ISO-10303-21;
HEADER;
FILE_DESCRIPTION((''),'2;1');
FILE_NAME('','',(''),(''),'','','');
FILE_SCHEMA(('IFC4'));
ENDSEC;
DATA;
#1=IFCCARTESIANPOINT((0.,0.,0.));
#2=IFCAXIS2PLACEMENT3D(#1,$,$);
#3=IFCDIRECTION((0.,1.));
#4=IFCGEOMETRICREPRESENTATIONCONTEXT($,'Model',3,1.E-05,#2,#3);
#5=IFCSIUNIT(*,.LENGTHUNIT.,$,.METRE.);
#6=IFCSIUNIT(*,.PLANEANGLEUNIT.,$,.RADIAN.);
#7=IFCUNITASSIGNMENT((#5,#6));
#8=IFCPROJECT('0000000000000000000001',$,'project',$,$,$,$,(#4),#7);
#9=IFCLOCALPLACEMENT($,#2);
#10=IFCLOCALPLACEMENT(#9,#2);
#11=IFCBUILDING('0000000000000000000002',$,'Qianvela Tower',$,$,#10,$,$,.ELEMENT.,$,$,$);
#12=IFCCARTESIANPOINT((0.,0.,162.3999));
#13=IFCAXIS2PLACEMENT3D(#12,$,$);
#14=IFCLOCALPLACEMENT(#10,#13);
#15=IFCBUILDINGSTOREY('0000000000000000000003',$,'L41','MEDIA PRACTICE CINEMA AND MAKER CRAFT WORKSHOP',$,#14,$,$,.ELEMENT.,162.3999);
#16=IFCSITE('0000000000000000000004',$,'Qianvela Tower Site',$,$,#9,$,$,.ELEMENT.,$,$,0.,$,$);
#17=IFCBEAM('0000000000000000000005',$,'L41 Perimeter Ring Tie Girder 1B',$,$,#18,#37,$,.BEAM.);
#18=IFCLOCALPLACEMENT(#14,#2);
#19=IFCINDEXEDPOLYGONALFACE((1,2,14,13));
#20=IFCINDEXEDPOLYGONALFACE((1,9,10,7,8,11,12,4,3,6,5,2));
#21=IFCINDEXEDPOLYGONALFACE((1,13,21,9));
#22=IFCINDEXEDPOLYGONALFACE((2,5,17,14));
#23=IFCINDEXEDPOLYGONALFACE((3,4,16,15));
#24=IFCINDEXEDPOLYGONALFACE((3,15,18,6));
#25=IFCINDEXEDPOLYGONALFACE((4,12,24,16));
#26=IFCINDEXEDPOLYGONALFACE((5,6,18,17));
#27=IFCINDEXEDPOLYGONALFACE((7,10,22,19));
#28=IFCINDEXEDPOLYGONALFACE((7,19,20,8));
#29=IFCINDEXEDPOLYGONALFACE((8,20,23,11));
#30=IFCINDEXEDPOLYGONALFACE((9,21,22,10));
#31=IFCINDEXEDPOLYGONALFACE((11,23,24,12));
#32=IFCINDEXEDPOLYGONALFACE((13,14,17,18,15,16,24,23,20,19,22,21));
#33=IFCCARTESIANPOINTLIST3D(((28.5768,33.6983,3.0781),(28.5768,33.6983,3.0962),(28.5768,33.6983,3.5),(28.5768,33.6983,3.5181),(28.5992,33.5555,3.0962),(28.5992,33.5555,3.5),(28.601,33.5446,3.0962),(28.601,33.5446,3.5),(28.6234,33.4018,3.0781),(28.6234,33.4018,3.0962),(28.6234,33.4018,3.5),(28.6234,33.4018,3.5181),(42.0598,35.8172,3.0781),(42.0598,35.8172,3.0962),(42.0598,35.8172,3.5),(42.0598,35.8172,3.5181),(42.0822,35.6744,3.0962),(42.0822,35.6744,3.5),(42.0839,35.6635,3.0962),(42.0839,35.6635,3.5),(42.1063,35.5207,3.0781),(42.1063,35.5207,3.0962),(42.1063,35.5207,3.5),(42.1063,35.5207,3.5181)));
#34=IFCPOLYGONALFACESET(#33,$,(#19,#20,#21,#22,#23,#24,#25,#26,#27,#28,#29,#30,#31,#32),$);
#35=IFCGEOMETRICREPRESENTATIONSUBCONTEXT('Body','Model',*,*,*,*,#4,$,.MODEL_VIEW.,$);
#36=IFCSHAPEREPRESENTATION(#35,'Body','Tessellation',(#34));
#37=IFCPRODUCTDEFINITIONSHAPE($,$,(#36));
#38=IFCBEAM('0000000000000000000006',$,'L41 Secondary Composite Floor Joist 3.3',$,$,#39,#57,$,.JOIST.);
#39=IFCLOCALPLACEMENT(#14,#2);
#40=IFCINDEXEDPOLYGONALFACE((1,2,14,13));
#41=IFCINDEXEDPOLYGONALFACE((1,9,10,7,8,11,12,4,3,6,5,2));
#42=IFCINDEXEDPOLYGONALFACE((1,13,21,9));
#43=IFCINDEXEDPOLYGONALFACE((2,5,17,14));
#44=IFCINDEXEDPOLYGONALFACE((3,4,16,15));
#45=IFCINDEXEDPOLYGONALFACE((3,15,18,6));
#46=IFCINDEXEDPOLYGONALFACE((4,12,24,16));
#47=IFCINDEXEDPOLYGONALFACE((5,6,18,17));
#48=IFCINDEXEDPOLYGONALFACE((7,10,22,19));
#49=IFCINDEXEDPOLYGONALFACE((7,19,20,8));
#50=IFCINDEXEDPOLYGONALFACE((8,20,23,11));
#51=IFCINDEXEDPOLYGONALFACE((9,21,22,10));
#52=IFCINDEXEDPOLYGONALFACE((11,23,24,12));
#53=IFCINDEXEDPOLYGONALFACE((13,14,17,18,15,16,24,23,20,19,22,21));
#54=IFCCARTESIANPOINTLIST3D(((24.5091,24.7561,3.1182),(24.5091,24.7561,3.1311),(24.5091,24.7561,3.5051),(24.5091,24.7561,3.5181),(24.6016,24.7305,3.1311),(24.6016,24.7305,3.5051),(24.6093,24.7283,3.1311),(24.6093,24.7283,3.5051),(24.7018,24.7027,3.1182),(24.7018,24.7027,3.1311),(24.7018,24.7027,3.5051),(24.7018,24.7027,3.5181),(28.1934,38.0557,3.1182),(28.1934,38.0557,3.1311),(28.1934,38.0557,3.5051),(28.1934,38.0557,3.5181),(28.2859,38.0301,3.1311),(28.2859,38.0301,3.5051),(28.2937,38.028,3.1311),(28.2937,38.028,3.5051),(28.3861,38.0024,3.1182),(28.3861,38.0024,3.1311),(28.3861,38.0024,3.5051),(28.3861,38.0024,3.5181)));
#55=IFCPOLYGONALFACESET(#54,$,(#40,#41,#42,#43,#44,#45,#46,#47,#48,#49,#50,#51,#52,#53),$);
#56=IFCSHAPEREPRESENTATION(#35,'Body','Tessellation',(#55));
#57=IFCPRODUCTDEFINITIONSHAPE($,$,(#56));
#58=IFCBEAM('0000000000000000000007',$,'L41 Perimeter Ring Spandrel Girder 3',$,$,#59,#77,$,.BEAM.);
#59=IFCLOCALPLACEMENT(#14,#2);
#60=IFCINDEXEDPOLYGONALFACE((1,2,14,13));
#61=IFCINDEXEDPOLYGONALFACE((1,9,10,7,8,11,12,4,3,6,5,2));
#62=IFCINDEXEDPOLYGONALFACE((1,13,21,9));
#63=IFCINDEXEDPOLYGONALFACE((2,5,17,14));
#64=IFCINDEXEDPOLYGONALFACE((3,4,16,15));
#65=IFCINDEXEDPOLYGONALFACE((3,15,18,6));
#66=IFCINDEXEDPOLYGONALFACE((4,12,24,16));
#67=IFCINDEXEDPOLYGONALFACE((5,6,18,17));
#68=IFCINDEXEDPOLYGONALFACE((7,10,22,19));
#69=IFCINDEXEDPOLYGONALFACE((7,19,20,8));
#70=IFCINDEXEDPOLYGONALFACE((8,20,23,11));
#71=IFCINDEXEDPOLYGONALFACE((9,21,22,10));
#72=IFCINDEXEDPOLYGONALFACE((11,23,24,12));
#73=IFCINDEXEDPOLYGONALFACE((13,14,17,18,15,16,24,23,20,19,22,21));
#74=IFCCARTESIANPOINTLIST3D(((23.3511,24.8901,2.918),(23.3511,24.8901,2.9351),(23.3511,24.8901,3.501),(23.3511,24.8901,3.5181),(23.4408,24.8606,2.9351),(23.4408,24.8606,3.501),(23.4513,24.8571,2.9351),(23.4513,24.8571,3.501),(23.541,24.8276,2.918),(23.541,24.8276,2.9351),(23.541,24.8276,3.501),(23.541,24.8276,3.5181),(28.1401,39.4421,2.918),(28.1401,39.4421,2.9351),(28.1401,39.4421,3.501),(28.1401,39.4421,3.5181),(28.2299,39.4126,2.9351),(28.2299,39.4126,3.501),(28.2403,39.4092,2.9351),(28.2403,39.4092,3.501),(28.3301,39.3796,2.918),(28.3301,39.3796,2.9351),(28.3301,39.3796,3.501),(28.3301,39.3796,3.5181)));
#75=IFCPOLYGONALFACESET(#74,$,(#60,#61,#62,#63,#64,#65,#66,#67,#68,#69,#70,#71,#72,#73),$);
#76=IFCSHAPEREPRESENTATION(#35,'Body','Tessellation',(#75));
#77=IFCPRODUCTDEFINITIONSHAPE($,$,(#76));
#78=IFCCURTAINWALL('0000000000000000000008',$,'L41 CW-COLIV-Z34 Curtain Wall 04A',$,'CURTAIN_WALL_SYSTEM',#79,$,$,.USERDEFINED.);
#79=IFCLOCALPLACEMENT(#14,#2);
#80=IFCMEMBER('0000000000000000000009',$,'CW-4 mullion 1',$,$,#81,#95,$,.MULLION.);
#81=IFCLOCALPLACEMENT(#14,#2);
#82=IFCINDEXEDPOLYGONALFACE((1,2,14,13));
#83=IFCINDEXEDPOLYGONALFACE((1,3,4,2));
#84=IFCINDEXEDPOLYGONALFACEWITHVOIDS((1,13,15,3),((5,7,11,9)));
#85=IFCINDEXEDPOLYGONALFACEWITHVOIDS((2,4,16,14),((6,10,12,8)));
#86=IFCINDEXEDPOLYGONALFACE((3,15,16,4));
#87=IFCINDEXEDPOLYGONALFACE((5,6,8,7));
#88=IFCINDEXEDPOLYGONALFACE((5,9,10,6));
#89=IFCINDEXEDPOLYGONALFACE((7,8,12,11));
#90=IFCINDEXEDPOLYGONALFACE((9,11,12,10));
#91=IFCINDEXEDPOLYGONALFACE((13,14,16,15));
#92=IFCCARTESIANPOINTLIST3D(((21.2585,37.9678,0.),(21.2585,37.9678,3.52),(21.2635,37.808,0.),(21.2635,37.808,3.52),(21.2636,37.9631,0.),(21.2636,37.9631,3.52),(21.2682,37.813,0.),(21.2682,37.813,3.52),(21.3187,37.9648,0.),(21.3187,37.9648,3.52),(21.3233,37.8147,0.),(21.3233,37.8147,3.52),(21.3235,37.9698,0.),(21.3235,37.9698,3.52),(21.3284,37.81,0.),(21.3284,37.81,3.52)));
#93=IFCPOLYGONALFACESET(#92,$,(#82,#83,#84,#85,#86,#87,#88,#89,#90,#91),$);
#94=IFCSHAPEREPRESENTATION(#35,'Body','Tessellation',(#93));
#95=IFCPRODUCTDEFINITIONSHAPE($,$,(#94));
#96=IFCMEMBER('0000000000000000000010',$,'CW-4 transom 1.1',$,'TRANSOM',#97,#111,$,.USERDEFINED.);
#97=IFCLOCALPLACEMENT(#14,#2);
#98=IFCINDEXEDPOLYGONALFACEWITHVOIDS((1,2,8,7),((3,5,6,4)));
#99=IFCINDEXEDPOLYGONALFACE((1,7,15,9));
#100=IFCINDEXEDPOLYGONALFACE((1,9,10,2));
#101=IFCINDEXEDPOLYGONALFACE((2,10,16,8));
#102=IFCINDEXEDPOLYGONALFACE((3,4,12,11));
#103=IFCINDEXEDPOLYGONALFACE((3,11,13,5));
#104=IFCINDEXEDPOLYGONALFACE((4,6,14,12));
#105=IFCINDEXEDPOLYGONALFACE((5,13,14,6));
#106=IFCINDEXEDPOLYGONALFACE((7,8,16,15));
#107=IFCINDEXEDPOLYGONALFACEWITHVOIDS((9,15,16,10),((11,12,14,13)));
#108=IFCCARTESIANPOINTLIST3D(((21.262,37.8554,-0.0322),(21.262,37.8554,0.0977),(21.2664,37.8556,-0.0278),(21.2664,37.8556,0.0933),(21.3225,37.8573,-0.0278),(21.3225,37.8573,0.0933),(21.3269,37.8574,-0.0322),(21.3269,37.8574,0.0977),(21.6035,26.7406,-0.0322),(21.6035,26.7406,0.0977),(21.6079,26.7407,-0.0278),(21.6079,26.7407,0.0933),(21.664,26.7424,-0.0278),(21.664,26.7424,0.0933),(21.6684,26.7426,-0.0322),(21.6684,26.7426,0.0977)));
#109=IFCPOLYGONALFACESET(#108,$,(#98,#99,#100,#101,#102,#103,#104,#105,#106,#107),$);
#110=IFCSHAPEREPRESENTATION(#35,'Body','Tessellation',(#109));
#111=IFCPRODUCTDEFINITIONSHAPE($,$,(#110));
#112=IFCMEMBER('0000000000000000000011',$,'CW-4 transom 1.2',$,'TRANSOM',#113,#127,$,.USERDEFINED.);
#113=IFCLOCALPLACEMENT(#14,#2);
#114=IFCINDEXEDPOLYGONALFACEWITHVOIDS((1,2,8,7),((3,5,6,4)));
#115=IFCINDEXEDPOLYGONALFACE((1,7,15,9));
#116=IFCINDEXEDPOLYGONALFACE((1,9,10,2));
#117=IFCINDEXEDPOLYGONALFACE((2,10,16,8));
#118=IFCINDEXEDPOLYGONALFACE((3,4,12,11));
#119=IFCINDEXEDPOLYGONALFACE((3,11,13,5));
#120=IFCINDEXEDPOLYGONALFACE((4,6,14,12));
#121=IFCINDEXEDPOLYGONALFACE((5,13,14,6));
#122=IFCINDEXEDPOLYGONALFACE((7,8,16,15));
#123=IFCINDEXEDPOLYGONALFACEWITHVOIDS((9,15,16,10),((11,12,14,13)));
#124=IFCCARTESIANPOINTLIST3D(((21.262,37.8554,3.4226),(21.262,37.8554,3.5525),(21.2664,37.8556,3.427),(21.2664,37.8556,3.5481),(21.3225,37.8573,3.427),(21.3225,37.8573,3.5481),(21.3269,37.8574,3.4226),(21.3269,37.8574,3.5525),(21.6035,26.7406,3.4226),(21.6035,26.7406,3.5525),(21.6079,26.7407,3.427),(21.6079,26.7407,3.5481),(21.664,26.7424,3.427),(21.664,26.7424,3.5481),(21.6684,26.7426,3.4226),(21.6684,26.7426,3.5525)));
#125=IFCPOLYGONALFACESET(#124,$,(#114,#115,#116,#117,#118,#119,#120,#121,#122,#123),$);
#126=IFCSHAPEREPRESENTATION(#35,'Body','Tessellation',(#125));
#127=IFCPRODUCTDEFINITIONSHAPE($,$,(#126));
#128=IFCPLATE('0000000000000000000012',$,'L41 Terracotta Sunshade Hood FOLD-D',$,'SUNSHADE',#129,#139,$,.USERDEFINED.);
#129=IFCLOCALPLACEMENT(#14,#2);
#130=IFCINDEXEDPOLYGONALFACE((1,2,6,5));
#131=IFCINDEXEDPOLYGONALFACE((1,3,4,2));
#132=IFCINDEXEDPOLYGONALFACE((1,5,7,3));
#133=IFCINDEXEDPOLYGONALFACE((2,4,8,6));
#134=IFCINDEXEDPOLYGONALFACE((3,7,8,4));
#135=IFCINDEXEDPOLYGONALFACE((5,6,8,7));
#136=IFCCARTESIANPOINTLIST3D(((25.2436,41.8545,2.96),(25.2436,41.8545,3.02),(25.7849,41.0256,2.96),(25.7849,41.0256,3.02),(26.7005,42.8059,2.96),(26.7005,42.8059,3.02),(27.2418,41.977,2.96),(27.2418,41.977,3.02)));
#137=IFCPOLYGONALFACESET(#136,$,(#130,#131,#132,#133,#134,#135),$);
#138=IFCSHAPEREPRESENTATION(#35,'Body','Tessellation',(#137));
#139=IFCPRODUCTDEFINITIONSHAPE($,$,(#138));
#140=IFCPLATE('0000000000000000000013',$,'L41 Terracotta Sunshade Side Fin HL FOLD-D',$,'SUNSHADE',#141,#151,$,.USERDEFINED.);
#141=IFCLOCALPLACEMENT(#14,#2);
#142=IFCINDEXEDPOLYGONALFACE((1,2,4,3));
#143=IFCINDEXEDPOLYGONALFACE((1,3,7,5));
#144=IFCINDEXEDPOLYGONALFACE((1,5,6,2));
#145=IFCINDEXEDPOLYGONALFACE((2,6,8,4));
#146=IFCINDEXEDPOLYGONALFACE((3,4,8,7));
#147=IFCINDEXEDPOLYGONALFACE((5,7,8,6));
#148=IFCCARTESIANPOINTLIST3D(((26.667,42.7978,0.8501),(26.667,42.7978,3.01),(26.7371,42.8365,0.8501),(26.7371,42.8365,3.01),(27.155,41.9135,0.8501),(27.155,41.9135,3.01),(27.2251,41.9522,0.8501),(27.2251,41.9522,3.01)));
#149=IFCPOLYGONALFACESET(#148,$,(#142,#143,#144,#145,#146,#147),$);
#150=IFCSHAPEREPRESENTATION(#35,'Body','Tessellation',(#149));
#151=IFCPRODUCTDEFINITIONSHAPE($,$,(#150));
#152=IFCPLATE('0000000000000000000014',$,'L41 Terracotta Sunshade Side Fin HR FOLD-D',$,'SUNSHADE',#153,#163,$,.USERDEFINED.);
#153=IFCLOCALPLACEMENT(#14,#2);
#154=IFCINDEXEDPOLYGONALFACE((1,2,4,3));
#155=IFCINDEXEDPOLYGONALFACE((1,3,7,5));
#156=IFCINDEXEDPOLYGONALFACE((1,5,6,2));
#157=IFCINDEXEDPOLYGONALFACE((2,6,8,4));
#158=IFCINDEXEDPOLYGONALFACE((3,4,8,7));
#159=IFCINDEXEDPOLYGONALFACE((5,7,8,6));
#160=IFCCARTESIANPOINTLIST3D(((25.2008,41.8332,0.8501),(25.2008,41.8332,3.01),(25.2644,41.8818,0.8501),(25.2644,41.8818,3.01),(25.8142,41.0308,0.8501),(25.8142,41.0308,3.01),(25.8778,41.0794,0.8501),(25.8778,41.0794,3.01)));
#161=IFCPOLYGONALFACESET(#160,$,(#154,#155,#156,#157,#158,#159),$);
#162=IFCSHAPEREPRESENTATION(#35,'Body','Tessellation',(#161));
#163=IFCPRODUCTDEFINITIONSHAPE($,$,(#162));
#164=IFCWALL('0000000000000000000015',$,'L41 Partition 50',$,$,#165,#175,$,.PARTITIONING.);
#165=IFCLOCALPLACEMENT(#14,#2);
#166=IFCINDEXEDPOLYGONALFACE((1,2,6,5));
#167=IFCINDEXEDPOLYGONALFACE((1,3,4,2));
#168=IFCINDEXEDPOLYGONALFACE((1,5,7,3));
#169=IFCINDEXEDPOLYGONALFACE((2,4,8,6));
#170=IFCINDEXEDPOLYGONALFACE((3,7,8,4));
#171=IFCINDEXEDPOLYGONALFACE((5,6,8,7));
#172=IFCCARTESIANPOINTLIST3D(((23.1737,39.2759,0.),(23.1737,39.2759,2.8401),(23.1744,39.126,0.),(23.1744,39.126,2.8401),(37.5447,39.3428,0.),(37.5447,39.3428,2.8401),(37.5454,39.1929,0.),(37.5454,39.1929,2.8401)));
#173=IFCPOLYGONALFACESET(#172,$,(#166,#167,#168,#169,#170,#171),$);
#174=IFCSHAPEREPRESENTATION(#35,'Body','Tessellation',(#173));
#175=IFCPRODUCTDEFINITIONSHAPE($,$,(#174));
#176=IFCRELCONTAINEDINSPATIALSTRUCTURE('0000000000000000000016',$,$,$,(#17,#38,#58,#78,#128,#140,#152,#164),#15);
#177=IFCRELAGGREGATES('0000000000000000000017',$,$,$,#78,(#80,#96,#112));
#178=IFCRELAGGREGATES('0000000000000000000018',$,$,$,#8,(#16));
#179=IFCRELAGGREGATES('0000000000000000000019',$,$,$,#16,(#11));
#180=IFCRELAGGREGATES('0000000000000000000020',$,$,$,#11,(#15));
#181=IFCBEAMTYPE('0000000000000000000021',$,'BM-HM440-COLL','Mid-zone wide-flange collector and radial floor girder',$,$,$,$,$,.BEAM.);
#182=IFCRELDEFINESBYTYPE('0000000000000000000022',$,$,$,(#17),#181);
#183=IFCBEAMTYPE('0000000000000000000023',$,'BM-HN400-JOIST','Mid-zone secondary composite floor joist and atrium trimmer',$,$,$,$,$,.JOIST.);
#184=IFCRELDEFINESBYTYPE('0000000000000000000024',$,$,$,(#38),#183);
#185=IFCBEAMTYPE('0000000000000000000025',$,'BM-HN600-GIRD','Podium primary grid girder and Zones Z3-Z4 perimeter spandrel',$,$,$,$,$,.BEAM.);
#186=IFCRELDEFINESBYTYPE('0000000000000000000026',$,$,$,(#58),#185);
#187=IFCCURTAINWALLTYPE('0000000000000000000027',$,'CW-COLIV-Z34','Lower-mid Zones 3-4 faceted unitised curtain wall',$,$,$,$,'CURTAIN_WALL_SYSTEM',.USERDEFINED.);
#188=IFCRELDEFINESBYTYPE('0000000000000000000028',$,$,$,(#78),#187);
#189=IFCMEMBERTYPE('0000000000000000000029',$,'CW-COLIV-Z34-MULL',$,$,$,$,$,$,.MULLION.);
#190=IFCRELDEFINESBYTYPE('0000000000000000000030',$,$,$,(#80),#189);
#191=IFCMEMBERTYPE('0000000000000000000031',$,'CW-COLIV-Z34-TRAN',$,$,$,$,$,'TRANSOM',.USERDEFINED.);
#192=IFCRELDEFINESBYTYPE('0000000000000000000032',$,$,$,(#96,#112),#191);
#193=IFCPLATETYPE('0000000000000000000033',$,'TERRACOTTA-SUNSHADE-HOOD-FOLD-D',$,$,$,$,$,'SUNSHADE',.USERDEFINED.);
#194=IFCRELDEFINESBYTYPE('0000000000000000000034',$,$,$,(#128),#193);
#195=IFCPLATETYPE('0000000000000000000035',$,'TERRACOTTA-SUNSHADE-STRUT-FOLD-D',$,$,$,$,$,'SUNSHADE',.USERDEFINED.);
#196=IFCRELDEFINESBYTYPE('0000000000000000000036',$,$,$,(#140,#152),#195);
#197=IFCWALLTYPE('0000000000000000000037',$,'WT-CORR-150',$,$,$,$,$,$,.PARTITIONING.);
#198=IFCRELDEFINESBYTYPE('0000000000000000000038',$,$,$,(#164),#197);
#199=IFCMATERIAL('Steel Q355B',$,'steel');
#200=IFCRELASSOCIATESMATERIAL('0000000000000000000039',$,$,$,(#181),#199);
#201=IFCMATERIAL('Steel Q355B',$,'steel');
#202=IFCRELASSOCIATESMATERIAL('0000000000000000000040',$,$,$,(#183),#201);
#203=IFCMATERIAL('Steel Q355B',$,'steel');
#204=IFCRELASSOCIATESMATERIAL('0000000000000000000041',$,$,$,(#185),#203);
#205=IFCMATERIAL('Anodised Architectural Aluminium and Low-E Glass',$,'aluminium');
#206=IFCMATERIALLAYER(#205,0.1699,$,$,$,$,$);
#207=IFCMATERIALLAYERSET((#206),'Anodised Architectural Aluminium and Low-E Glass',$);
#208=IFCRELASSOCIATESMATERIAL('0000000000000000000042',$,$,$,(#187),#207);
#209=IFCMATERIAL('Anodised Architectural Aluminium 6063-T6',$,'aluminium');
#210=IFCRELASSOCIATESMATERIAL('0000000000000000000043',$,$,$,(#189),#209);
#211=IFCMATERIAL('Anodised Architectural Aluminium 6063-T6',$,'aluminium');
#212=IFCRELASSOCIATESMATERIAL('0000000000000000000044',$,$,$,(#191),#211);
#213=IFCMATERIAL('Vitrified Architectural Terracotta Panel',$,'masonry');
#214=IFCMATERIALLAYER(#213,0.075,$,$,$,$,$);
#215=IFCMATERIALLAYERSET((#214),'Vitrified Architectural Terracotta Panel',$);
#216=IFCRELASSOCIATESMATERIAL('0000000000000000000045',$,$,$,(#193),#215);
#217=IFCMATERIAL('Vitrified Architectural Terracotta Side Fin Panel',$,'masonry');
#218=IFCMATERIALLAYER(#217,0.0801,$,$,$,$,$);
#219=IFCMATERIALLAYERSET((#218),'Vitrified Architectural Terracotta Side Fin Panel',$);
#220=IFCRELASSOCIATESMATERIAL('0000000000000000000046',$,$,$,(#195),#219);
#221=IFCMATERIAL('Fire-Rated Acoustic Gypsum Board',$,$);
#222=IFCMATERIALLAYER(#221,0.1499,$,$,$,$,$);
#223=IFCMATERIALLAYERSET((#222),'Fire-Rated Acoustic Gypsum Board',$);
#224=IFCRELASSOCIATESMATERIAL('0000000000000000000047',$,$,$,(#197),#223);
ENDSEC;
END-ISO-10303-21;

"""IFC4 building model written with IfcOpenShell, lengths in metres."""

from ifc_helpers import new_model, si_unit, direction, frame, frame_2d, origin, origin_2d, place, context, subcontext, project, spatial, rectangle, hollow_rectangle, i_section, extrude, material, layer, layer_set, material_profile, profile_set, type_object, element, aggregate, save


model = new_model("IFC4")

# Units and contexts
model_context = context("Model", 3, precision=1e-05, world=origin(), true_north=direction((0.0, 1.0)))
body_context = subcontext(model_context, "Body", "Model", "MODEL_VIEW")
ifc_project = project(units=[si_unit("LENGTHUNIT", "METRE"), si_unit("PLANEANGLEUNIT", "RADIAN")], contexts=[model_context])

# Site, building, storey
site_placement = place(None, origin())
site = spatial("IfcSite", under=ifc_project, at=site_placement, Name="Qianvela Tower Site", CompositionType="ELEMENT", RefElevation=0.0)
building_placement = place(site_placement, origin())
building = spatial("IfcBuilding", under=site, at=building_placement, Name="Qianvela Tower", CompositionType="ELEMENT")
storey_placement = place(building_placement, frame((0.0, 0.0, 162.3999)))
storey = spatial("IfcBuildingStorey", under=building, at=storey_placement, Name="L41", Description="MEDIA PRACTICE CINEMA AND MAKER CRAFT WORKSHOP", CompositionType="ELEMENT", Elevation=162.3999)

# Beams
ifc_material_1 = material(Name="Steel Q355B", Category="steel")
ifc_material_profile_1 = material_profile(ifc_material_1, i_section(OverallWidth=0.3, OverallDepth=0.4399, WebThickness=0.011, FlangeThickness=0.0181, at=origin_2d()), Name="HM440x300x11x18")
ifc_profile_set_1 = profile_set([ifc_material_profile_1], Name="Steel Q355B")
beam_type_1 = type_object("IfcBeamType", Name="BM-HM440-COLL", Description="Mid-zone wide-flange collector and radial floor girder", PredefinedType="BEAM", material=ifc_profile_set_1)
beam_1_placement = place(storey_placement, frame((28.6001, 33.55, 3.2981), z_axis=(0.987875, 0.155249, 0.0), x_axis=(-0.155249, 0.987875, 0.0)))
element("IfcBeam", 1, at=beam_1_placement, inside=storey, type_object=beam_type_1, Name="L41 Perimeter Ring Tie Girder 1B", PredefinedType="BEAM", context=body_context, shape_type="SweptSolid", body=[
    extrude(i_section(OverallWidth=0.3, OverallDepth=0.4399, WebThickness=0.011, FlangeThickness=0.0181, at=origin_2d()), origin(), (0.0, 0.0, 1.0), 13.6484),
])
ifc_material_2 = material(Name="Steel Q355B", Category="steel")
ifc_material_profile_2 = material_profile(ifc_material_2, i_section(OverallWidth=0.2, OverallDepth=0.3999, WebThickness=0.0081, FlangeThickness=0.0129, at=origin_2d()), Name="HN400x200x8x13")
ifc_profile_set_2 = profile_set([ifc_material_profile_2], Name="Steel Q355B")
beam_type_2 = type_object("IfcBeamType", Name="BM-HN400-JOIST", Description="Mid-zone secondary composite floor joist and atrium trimmer", PredefinedType="JOIST", material=ifc_profile_set_2)
beam_2_placement = place(storey_placement, frame((28.2898, 38.0291, 3.3181), z_axis=(-0.266971, -0.963704, 0.0), x_axis=(0.963704, -0.266971, 0.0)))
element("IfcBeam", 2, at=beam_2_placement, inside=storey, type_object=beam_type_2, Name="L41 Secondary Composite Floor Joist 3.3", PredefinedType="JOIST", context=body_context, shape_type="SweptSolid", body=[
    extrude(i_section(OverallWidth=0.2, OverallDepth=0.3999, WebThickness=0.0081, FlangeThickness=0.0129, at=origin_2d()), origin(), (0.0, 0.0, 1.0), 13.8005),
])
ifc_material_3 = material(Name="Steel Q355B", Category="steel")
ifc_material_profile_3 = material_profile(ifc_material_3, i_section(OverallWidth=0.2, OverallDepth=0.6001, WebThickness=0.011, FlangeThickness=0.0171, at=origin_2d()), Name="HN600x200x11x17")
ifc_profile_set_3 = profile_set([ifc_material_profile_3], Name="Steel Q355B")
beam_type_3 = type_object("IfcBeamType", Name="BM-HN600-GIRD", Description="Podium primary grid girder and Zones Z3-Z4 perimeter spandrel", PredefinedType="BEAM", material=ifc_profile_set_3)
beam_3_placement = place(storey_placement, frame((28.2351, 39.4109, 3.218), z_axis=(-0.312606, -0.949883, 0.0), x_axis=(0.949883, -0.312606, 0.0)))
element("IfcBeam", 3, at=beam_3_placement, inside=storey, type_object=beam_type_3, Name="L41 Perimeter Ring Spandrel Girder 3", PredefinedType="BEAM", context=body_context, shape_type="SweptSolid", body=[
    extrude(i_section(OverallWidth=0.2, OverallDepth=0.6001, WebThickness=0.011, FlangeThickness=0.0171, at=origin_2d()), origin(), (0.0, 0.0, 1.0), 15.3198),
])

# Curtain wall, members
ifc_material_4 = material(Name="Anodised Architectural Aluminium and Low-E Glass", Category="aluminium")
ifc_layer_1 = layer(ifc_material_4, 0.1699)
ifc_layer_set_1 = layer_set([ifc_layer_1], Name="Anodised Architectural Aluminium and Low-E Glass")
curtain_wall_type = type_object("IfcCurtainWallType", Name="CW-COLIV-Z34", Description="Lower-mid Zones 3-4 faceted unitised curtain wall", ElementType="CURTAIN_WALL_SYSTEM", PredefinedType="USERDEFINED", material=ifc_layer_set_1)
curtain_wall_placement = place(storey_placement, origin())
curtain_wall = element("IfcCurtainWall", 4, at=curtain_wall_placement, inside=storey, type_object=curtain_wall_type, Name="L41 CW-COLIV-Z34 Curtain Wall 04A", ObjectType="CURTAIN_WALL_SYSTEM", PredefinedType="USERDEFINED")
ifc_material_5 = material(Name="Anodised Architectural Aluminium 6063-T6", Category="aluminium")
ifc_material_profile_4 = material_profile(ifc_material_5, hollow_rectangle(XDim=0.0649, YDim=0.1599, WallThickness=0.0049, at=origin_2d()), Name="ALU-MULL-65x160")
ifc_profile_set_4 = profile_set([ifc_material_profile_4], Name="Anodised Architectural Aluminium 6063-T6")
member_type_1 = type_object("IfcMemberType", Name="CW-COLIV-Z34-MULL", PredefinedType="MULLION", material=ifc_profile_set_4)
member_1_placement = place(storey_placement, frame((21.2935, 37.8889, 0.0), z_axis=(0.0, 0.0, 1.0), x_axis=(0.999528, 0.03072, 0.0)))
member_1 = element("IfcMember", 5, at=member_1_placement, type_object=member_type_1, Name="CW-4 mullion 1", PredefinedType="MULLION", context=body_context, shape_type="SweptSolid", body=[
    extrude(hollow_rectangle(XDim=0.0649, YDim=0.1599, WallThickness=0.0049, at=origin_2d()), origin(), (0.0, 0.0, 1.0), 3.52),
])
ifc_material_6 = material(Name="Anodised Architectural Aluminium 6063-T6", Category="aluminium")
ifc_material_profile_5 = material_profile(ifc_material_6, hollow_rectangle(XDim=0.0649, YDim=0.1299, WallThickness=0.0044, at=origin_2d()), Name="ALU-TRAN-65x130")
ifc_profile_set_5 = profile_set([ifc_material_profile_5], Name="Anodised Architectural Aluminium 6063-T6")
member_type_2 = type_object("IfcMemberType", Name="CW-COLIV-Z34-TRAN", ElementType="TRANSOM", PredefinedType="USERDEFINED", material=ifc_profile_set_5)
member_2_placement = place(storey_placement, frame((21.2944, 37.8564, 0.0327), z_axis=(0.030715, -0.999528, 0.0), x_axis=(0.999528, 0.030715, 0.0)))
member_2 = element("IfcMember", 6, at=member_2_placement, type_object=member_type_2, Name="CW-4 transom 1.1", ObjectType="TRANSOM", PredefinedType="USERDEFINED", context=body_context, shape_type="SweptSolid", body=[
    extrude(hollow_rectangle(XDim=0.0649, YDim=0.1299, WallThickness=0.0044, at=origin_2d()), origin(), (0.0, 0.0, 1.0), 11.1201),
])
member_3_placement = place(storey_placement, frame((21.2944, 37.8564, 3.4875), z_axis=(0.030715, -0.999528, 0.0), x_axis=(0.999528, 0.030715, 0.0)))
member_3 = element("IfcMember", 7, at=member_3_placement, type_object=member_type_2, Name="CW-4 transom 1.2", ObjectType="TRANSOM", PredefinedType="USERDEFINED", context=body_context, shape_type="SweptSolid", body=[
    extrude(hollow_rectangle(XDim=0.0649, YDim=0.1299, WallThickness=0.0044, at=origin_2d()), origin(), (0.0, 0.0, 1.0), 11.1201),
])
aggregate(curtain_wall, [member_1, member_2, member_3])

# Plates
ifc_material_7 = material(Name="Vitrified Architectural Terracotta Panel", Category="masonry")
ifc_layer_2 = layer(ifc_material_7, 0.075)
ifc_layer_set_2 = layer_set([ifc_layer_2], Name="Vitrified Architectural Terracotta Panel")
plate_type_1 = type_object("IfcPlateType", Name="TERRACOTTA-SUNSHADE-HOOD-FOLD-D", ElementType="SUNSHADE", PredefinedType="USERDEFINED", material=ifc_layer_set_2)
plate_placement = place(storey_placement, frame((26.2427, 41.9158, 2.96), z_axis=(0.0, 0.0, 1.0), x_axis=(-0.837281, -0.546773, 0.0)))
element("IfcPlate", 8, at=plate_placement, inside=storey, type_object=plate_type_1, Name="L41 Terracotta Sunshade Hood FOLD-D", ObjectType="SUNSHADE", PredefinedType="USERDEFINED", context=body_context, shape_type="SweptSolid", body=[
    extrude(rectangle(XDim=1.74, YDim=0.99, at=origin_2d()), origin(), (0.0, 0.0, 1.0), 0.0601),
])
ifc_material_8 = material(Name="Vitrified Architectural Terracotta Side Fin Panel", Category="masonry")
ifc_layer_3 = layer(ifc_material_8, 0.0801)
ifc_layer_set_3 = layer_set([ifc_layer_3], Name="Vitrified Architectural Terracotta Side Fin Panel")
plate_type_2 = type_object("IfcPlateType", Name="TERRACOTTA-SUNSHADE-STRUT-FOLD-D", ElementType="SUNSHADE", PredefinedType="USERDEFINED", material=ifc_layer_set_3)
for number, where, z_axis, x_axis, name in (
    (9, (26.946, 42.375, 0.8501), (0.0, 0.0, 1.0), (-0.875499, -0.48322, 0.0), "L41 Terracotta Sunshade Side Fin HL FOLD-D"),
    (10, (25.5393, 41.4563, 0.8501), (0.0, 0.0, 1.0), (-0.794458, -0.607319, 0.0), "L41 Terracotta Sunshade Side Fin HR FOLD-D"),
):
    element("IfcPlate", number, at=place(storey_placement, frame(where, z_axis=z_axis, x_axis=x_axis)), inside=storey, type_object=plate_type_2, Name=name, ObjectType="SUNSHADE", PredefinedType="USERDEFINED", context=body_context, shape_type="SweptSolid", body=[
        extrude(rectangle(XDim=0.0801, YDim=1.01, at=origin_2d()), origin(), (0.0, 0.0, 1.0), 2.1599),
    ])

# Wall
ifc_material_9 = material(Name="Fire-Rated Acoustic Gypsum Board")
ifc_layer_4 = layer(ifc_material_9, 0.1499)
ifc_layer_set_4 = layer_set([ifc_layer_4], Name="Fire-Rated Acoustic Gypsum Board")
wall_type_1 = type_object("IfcWallType", Name="WT-CORR-150", PredefinedType="PARTITIONING", material=ifc_layer_set_4)
wall_1_placement = place(storey_placement, frame((23.1741, 39.2009, 0.0), z_axis=(0.0, 0.0, 1.0), x_axis=(0.999989, 0.004655, 0.0)))
element("IfcWall", 11, at=wall_1_placement, inside=storey, type_object=wall_type_1, Name="L41 Partition 50", PredefinedType="PARTITIONING", context=body_context, shape_type="SweptSolid", body=[
    extrude(rectangle(XDim=14.3711, YDim=0.1499, at=frame_2d((7.1855, 0.0))), origin(), (0.0, 0.0, 1.0), 2.8401),
])

save(model, "model.ifc")
